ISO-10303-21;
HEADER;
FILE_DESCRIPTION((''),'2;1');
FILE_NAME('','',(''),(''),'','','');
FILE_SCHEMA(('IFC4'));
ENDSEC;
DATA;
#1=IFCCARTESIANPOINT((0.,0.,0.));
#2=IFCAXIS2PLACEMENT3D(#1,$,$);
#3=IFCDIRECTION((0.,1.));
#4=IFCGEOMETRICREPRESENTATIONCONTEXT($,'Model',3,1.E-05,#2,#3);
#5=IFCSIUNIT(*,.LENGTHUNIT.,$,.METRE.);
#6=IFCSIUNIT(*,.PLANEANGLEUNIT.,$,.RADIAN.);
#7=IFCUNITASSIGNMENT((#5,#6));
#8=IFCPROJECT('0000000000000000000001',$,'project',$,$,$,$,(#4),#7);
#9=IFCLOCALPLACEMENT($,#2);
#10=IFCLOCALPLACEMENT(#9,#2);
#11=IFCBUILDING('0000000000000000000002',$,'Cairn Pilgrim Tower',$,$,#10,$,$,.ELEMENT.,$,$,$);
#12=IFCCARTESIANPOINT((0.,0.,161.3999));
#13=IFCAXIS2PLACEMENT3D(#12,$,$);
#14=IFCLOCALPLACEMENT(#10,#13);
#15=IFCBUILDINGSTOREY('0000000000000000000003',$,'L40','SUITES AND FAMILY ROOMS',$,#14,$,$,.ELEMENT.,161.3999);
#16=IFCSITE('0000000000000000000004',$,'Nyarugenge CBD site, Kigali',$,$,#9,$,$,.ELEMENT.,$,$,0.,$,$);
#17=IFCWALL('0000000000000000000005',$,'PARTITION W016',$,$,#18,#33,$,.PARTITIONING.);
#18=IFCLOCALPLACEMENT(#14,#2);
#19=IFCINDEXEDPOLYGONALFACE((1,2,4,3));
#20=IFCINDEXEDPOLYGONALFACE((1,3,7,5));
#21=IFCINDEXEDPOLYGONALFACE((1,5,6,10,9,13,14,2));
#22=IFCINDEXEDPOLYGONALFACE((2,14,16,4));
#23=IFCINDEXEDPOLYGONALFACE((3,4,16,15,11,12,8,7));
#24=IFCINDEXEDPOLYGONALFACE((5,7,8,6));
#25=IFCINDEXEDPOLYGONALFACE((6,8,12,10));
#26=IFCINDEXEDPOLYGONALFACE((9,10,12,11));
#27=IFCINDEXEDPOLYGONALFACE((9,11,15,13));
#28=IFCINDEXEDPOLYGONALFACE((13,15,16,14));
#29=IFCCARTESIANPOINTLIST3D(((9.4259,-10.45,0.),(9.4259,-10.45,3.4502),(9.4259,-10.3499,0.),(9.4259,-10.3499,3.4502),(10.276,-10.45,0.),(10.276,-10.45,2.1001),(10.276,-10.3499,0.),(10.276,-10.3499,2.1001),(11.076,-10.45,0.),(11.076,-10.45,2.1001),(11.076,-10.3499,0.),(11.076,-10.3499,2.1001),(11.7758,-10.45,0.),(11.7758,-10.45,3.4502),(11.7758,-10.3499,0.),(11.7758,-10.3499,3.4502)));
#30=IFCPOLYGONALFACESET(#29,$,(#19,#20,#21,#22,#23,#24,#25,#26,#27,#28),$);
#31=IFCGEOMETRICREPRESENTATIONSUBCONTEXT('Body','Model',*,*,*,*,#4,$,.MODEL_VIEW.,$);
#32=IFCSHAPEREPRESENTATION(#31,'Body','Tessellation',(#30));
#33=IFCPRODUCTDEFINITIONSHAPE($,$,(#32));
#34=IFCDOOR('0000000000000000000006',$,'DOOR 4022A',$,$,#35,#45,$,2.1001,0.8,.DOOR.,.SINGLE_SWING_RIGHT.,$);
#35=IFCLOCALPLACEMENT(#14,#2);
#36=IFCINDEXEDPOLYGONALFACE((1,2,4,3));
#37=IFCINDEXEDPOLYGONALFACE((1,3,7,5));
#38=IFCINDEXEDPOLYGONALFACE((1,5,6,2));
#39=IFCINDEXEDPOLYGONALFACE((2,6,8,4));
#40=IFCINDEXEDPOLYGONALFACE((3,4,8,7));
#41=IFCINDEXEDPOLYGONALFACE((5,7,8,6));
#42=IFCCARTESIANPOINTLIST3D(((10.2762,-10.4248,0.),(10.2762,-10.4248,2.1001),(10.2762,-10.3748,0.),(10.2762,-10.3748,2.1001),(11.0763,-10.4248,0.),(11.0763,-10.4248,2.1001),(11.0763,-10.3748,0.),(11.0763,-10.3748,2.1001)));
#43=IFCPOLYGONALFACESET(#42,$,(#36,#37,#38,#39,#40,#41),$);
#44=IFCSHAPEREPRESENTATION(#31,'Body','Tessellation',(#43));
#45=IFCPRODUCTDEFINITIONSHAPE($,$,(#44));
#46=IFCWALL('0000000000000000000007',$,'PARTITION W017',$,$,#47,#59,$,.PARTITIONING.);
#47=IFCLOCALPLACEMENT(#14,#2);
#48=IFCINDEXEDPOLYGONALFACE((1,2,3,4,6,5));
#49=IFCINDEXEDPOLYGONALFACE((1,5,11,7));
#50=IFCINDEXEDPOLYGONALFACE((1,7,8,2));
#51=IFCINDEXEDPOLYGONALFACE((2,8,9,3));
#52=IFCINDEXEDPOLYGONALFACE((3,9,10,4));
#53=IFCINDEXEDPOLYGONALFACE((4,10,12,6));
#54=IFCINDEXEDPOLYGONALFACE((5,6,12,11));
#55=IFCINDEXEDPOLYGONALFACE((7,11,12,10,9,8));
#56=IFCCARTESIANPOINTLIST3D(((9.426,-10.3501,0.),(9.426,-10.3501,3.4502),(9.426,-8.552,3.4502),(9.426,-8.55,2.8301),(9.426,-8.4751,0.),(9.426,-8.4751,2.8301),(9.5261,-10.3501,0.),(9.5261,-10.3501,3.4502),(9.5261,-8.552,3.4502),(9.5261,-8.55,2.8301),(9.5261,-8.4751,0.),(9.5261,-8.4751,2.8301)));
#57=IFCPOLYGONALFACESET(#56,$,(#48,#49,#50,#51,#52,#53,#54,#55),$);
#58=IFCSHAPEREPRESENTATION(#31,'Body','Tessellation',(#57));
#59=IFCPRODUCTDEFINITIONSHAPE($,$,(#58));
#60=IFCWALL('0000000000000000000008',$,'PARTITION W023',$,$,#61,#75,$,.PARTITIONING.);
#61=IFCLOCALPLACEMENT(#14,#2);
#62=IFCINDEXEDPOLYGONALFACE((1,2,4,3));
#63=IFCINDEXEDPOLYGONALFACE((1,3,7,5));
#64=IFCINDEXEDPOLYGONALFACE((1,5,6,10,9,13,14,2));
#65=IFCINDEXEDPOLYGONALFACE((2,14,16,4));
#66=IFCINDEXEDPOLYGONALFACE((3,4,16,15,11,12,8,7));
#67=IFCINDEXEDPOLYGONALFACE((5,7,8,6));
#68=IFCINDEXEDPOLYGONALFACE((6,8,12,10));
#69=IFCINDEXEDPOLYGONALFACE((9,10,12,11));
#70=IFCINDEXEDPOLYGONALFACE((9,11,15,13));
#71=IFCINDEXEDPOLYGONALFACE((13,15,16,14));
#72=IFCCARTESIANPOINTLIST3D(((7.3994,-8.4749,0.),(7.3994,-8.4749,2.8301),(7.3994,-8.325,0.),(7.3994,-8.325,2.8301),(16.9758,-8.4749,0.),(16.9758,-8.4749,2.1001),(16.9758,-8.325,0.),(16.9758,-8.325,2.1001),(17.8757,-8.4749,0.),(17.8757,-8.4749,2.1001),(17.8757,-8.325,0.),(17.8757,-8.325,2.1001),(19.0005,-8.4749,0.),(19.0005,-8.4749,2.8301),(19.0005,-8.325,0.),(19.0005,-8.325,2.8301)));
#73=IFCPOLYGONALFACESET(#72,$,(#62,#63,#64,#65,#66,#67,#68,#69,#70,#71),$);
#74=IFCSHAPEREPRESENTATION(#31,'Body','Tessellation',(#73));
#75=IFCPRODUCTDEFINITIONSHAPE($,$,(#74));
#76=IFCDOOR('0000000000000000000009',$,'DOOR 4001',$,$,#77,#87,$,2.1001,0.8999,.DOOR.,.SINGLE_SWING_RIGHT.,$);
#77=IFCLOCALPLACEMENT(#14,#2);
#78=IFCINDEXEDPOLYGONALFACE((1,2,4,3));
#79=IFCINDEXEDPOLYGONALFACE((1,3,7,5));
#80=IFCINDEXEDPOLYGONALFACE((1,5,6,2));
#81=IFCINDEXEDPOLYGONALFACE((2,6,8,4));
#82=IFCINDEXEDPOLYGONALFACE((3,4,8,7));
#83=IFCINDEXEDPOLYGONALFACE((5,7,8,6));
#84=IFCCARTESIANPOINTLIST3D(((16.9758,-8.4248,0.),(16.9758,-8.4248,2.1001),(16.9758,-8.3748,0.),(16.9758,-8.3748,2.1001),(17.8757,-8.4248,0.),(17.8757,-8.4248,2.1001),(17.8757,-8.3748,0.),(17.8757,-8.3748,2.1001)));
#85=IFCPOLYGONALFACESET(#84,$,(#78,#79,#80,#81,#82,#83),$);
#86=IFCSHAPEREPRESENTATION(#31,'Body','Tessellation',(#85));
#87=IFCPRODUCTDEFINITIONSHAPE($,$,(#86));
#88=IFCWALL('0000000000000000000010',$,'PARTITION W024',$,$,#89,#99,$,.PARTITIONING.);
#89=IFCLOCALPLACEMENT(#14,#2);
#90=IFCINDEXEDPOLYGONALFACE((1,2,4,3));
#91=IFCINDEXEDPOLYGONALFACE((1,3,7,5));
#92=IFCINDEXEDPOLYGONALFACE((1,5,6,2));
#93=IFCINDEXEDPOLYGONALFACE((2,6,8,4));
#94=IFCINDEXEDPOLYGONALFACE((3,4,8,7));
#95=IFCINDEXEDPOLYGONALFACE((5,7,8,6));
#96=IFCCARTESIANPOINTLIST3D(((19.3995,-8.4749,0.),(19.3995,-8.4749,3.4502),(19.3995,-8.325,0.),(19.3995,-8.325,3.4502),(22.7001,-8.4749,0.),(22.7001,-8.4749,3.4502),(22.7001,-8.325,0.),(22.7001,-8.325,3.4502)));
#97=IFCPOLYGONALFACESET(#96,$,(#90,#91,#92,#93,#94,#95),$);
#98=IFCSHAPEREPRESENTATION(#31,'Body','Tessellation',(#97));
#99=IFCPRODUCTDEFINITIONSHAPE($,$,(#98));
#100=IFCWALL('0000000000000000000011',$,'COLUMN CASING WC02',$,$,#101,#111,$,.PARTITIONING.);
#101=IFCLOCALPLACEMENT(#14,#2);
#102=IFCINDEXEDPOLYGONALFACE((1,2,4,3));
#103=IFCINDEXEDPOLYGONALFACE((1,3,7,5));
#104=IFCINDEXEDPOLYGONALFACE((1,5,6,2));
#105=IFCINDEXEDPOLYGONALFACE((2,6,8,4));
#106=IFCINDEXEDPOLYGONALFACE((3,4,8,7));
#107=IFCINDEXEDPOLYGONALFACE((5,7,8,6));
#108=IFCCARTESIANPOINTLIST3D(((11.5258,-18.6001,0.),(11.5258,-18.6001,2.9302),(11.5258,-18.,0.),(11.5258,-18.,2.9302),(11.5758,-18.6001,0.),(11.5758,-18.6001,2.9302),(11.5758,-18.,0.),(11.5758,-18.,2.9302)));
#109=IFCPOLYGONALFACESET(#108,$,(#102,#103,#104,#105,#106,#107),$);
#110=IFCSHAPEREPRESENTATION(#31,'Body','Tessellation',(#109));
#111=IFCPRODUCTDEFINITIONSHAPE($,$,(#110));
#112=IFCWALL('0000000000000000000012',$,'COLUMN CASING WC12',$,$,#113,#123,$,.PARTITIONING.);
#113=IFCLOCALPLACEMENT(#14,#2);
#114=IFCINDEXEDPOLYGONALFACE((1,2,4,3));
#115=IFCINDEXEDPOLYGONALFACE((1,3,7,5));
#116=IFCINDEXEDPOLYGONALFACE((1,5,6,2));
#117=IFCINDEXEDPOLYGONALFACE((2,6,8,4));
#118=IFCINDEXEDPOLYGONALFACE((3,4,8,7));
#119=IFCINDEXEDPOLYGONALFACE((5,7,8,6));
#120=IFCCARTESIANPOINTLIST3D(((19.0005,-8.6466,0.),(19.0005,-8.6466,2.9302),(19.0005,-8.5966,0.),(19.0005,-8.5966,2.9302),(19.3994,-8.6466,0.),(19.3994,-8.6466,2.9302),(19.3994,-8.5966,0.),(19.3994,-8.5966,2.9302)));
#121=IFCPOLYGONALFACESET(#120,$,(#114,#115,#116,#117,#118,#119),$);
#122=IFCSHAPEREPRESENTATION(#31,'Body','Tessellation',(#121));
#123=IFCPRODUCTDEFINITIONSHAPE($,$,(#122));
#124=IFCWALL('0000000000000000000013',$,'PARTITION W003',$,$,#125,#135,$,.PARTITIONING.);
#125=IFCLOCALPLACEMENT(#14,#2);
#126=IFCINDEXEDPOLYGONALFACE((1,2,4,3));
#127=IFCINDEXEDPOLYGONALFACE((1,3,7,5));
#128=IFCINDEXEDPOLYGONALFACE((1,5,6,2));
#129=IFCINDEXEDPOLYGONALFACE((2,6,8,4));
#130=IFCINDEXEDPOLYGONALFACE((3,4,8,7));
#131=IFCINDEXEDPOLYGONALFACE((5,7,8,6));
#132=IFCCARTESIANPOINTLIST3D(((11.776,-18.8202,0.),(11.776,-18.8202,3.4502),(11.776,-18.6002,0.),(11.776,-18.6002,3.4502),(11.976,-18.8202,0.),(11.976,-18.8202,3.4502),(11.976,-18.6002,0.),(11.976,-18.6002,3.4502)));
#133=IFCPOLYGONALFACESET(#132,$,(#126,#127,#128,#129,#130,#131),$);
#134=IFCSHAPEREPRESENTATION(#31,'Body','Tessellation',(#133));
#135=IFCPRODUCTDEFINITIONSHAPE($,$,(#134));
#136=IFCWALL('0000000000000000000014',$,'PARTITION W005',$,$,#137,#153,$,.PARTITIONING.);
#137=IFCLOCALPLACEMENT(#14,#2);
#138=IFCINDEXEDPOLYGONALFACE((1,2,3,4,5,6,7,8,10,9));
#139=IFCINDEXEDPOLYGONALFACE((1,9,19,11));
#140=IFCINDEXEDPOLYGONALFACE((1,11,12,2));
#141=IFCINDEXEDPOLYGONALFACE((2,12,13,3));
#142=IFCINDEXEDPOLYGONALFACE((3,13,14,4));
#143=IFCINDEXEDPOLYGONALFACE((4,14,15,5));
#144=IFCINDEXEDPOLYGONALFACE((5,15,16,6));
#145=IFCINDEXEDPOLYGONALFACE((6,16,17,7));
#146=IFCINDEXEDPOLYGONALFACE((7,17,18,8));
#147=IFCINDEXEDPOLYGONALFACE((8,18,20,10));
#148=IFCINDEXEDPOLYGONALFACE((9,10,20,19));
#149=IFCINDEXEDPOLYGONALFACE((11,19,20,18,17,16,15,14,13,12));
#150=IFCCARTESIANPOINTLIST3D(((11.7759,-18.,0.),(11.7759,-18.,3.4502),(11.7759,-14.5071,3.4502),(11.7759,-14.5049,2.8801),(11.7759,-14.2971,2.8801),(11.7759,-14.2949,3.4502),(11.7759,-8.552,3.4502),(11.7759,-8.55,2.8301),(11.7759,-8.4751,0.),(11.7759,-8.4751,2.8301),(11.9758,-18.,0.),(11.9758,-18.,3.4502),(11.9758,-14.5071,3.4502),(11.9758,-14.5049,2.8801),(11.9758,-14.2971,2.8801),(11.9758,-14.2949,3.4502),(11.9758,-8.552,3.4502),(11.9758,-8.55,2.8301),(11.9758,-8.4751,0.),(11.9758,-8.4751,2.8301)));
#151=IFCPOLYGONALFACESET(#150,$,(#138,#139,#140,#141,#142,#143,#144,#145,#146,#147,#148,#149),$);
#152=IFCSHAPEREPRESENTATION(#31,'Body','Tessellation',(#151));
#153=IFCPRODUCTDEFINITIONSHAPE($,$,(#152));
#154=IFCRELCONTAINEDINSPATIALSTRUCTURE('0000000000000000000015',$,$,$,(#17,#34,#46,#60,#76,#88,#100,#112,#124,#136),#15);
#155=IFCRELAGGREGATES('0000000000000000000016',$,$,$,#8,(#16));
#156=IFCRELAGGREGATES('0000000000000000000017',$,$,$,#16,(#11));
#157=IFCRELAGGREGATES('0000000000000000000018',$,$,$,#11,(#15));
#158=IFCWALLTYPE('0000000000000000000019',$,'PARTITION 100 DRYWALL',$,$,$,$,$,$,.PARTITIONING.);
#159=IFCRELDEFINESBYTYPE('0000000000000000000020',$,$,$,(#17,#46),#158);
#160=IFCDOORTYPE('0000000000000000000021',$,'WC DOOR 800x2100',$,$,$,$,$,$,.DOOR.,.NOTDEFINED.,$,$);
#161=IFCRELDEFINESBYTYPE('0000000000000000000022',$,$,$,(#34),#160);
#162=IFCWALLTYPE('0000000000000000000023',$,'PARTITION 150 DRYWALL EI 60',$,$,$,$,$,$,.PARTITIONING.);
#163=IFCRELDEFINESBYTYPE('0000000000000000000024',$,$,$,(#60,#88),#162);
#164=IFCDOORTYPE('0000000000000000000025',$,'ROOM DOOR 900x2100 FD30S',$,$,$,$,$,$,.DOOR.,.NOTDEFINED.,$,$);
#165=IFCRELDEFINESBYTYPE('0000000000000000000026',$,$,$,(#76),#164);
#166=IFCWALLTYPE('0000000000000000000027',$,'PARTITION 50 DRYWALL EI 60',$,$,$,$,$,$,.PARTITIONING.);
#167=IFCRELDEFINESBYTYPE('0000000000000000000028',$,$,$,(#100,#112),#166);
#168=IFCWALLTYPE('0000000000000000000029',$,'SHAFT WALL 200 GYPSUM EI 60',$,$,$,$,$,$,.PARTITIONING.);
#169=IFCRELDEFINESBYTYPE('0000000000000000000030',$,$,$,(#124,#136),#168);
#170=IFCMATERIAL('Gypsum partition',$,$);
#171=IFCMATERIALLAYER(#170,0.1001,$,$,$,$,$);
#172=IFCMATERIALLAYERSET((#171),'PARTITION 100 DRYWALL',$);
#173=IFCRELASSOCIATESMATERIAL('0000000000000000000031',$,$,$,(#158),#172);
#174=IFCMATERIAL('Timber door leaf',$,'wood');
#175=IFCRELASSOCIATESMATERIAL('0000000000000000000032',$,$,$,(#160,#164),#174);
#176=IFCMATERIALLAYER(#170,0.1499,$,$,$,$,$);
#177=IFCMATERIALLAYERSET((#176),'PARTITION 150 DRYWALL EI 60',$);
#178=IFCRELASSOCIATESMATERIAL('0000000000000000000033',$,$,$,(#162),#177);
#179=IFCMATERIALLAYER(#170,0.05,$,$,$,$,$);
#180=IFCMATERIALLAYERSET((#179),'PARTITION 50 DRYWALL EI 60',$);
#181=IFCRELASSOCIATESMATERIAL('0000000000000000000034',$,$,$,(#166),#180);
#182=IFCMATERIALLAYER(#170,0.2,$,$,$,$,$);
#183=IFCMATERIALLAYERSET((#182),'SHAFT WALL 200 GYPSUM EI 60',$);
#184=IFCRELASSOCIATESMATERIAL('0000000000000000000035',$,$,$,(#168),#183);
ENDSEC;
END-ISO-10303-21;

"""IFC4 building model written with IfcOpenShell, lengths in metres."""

from ifc_helpers import new_model, si_unit, direction, frame, frame_2d, origin, place, context, subcontext, project, spatial, polyline, rectangle, outline, extrude, material, layer, layer_set, type_object, element, fill, save


model = new_model("IFC4")

# Units and contexts
model_context = context("Model", 3, precision=1e-05, world=origin(), true_north=direction((0.0, 1.0)))
body_context = subcontext(model_context, "Body", "Model", "MODEL_VIEW")
ifc_project = project(units=[si_unit("LENGTHUNIT", "METRE"), si_unit("PLANEANGLEUNIT", "RADIAN")], contexts=[model_context])

# Site, building, storey
site_placement = place(None, origin())
site = spatial("IfcSite", under=ifc_project, at=site_placement, Name="Nyarugenge CBD site, Kigali", CompositionType="ELEMENT", RefElevation=0.0)
building_placement = place(site_placement, origin())
building = spatial("IfcBuilding", under=site, at=building_placement, Name="Cairn Pilgrim Tower", CompositionType="ELEMENT")
storey_placement = place(building_placement, frame((0.0, 0.0, 161.3999)))
storey = spatial("IfcBuildingStorey", under=building, at=storey_placement, Name="L40", Description="SUITES AND FAMILY ROOMS", CompositionType="ELEMENT", Elevation=161.3999)

# Shared definitions
ifc_material_1 = material(Name="Gypsum partition")
ifc_layer_1 = layer(ifc_material_1, 0.1001)
ifc_layer_set_1 = layer_set([ifc_layer_1], Name="PARTITION 100 DRYWALL")
wall_type_1 = type_object("IfcWallType", Name="PARTITION 100 DRYWALL", PredefinedType="PARTITIONING", material=ifc_layer_set_1)
ifc_material_2 = material(Name="Timber door leaf", Category="wood")
door_type_1 = type_object("IfcDoorType", Name="WC DOOR 800x2100", OperationType="NOTDEFINED", PredefinedType="DOOR", material=ifc_material_2)

# Wall, opening, door
wall_1_placement = place(storey_placement, frame((9.426, -10.3999, 0.0), z_axis=(0.0, 0.0, 1.0), x_axis=(1.0, 0.0, 0.0)))
wall_1 = element("IfcWall", 1, at=wall_1_placement, inside=storey, type_object=wall_type_1, Name="PARTITION W016", PredefinedType="PARTITIONING", context=body_context, shape_type="SweptSolid", body=[
    extrude(rectangle(XDim=2.3499, YDim=0.1001, at=frame_2d((1.1748, 0.0))), origin(), (0.0, 0.0, 1.0), 3.4502),
])
opening_1_placement = place(wall_1_placement, frame((0.8501, 0.0, 0.0)))
opening_1 = element("IfcOpeningElement", 2, at=opening_1_placement, cuts=wall_1, PredefinedType="OPENING", context=body_context, shape_type="SweptSolid", body=[
    extrude(rectangle(XDim=0.8, YDim=2.1001, at=frame_2d((0.3999, 1.05))), frame((0.0, 0.0601, 0.0), z_axis=(0.0, -1.0, 0.0), x_axis=(1.0, 0.0, 0.0)), (0.0, 0.0, 1.0), 0.1201),
])
door_1_placement = place(opening_1_placement, frame((0.8, 0.0, 0.0), z_axis=(0.0, 0.0, 1.0), x_axis=(-1.0, 0.0, 0.0)))
door_1 = element("IfcDoor", 3, at=door_1_placement, inside=storey, type_object=door_type_1, Name="DOOR 4022A", OperationType="SINGLE_SWING_RIGHT", OverallHeight=2.1001, OverallWidth=0.8, PredefinedType="DOOR", context=body_context, shape_type="SweptSolid", body=[
    extrude(rectangle(XDim=0.8, YDim=2.1001, at=frame_2d((0.3999, 1.05))), frame((0.0, 0.0249, 0.0), z_axis=(0.0, -1.0, 0.0), x_axis=(1.0, 0.0, 0.0)), (0.0, 0.0, 1.0), 0.05),
])
fill(opening_1, door_1)

# Wall
wall_2_placement = place(storey_placement, frame((9.4761, -10.3501, 0.0), z_axis=(0.0, 0.0, 1.0), x_axis=(0.0, 1.0, 0.0)))
element("IfcWall", 4, at=wall_2_placement, inside=storey, type_object=wall_type_1, Name="PARTITION W017", PredefinedType="PARTITIONING", context=body_context, shape_type="SweptSolid", body=[
    extrude(outline(polyline([(0.0, 0.0), (1.875, 0.0), (1.875, 2.8301), (1.8, 2.8301), (1.7981, 3.4502), (0.0, 3.4502), (0.0, 0.0)])), frame((0.0, 0.05, 0.0), z_axis=(0.0, -1.0, 0.0), x_axis=(1.0, 0.0, 0.0)), (0.0, 0.0, 1.0), 0.1001),
])

# Wall, opening, door
ifc_layer_2 = layer(ifc_material_1, 0.1499)
ifc_layer_set_2 = layer_set([ifc_layer_2], Name="PARTITION 150 DRYWALL EI 60")
wall_type_2 = type_object("IfcWallType", Name="PARTITION 150 DRYWALL EI 60", PredefinedType="PARTITIONING", material=ifc_layer_set_2)
wall_3_placement = place(storey_placement, frame((7.3994, -8.3999, 0.0), z_axis=(0.0, 0.0, 1.0), x_axis=(1.0, 0.0, 0.0)))
wall_3 = element("IfcWall", 5, at=wall_3_placement, inside=storey, type_object=wall_type_2, Name="PARTITION W023", PredefinedType="PARTITIONING", context=body_context, shape_type="SweptSolid", body=[
    extrude(rectangle(XDim=11.6011, YDim=0.1499, at=frame_2d((5.8005, 0.0))), origin(), (0.0, 0.0, 1.0), 2.8301),
])
opening_2_placement = place(wall_3_placement, frame((9.5764, 0.0, 0.0)))
opening_2 = element("IfcOpeningElement", 6, at=opening_2_placement, cuts=wall_3, PredefinedType="OPENING", context=body_context, shape_type="SweptSolid", body=[
    extrude(rectangle(XDim=0.8999, YDim=2.1001, at=frame_2d((0.45, 1.05))), frame((0.0, 0.085, 0.0), z_axis=(0.0, -1.0, 0.0), x_axis=(1.0, 0.0, 0.0)), (0.0, 0.0, 1.0), 0.1699),
])
door_type_2 = type_object("IfcDoorType", Name="ROOM DOOR 900x2100 FD30S", OperationType="NOTDEFINED", PredefinedType="DOOR", material=ifc_material_2)
door_2_placement = place(opening_2_placement, frame((0.8999, 0.0, 0.0), z_axis=(0.0, 0.0, 1.0), x_axis=(-1.0, 0.0, 0.0)))
door_2 = element("IfcDoor", 7, at=door_2_placement, inside=storey, type_object=door_type_2, Name="DOOR 4001", OperationType="SINGLE_SWING_RIGHT", OverallHeight=2.1001, OverallWidth=0.8999, PredefinedType="DOOR", context=body_context, shape_type="SweptSolid", body=[
    extrude(rectangle(XDim=0.8999, YDim=2.1001, at=frame_2d((0.45, 1.05))), frame((0.0, 0.0249, 0.0), z_axis=(0.0, -1.0, 0.0), x_axis=(1.0, 0.0, 0.0)), (0.0, 0.0, 1.0), 0.05),
])
fill(opening_2, door_2)

# Walls
wall_4_placement = place(storey_placement, frame((19.3994, -8.3999, 0.0), z_axis=(0.0, 0.0, 1.0), x_axis=(1.0, 0.0, 0.0)))
element("IfcWall", 8, at=wall_4_placement, inside=storey, type_object=wall_type_2, Name="PARTITION W024", PredefinedType="PARTITIONING", context=body_context, shape_type="SweptSolid", body=[
    extrude(rectangle(XDim=3.3005, YDim=0.1499, at=frame_2d((1.6504, 0.0))), origin(), (0.0, 0.0, 1.0), 3.4502),
])
ifc_layer_3 = layer(ifc_material_1, 0.05)
ifc_layer_set_3 = layer_set([ifc_layer_3], Name="PARTITION 50 DRYWALL EI 60")
wall_type_3 = type_object("IfcWallType", Name="PARTITION 50 DRYWALL EI 60", PredefinedType="PARTITIONING", material=ifc_layer_set_3)
wall_5_placement = place(storey_placement, frame((11.5508, -18.6001, 0.0), z_axis=(0.0, 0.0, 1.0), x_axis=(0.0, 1.0, 0.0)))
element("IfcWall", 9, at=wall_5_placement, inside=storey, type_object=wall_type_3, Name="COLUMN CASING WC02", PredefinedType="PARTITIONING", context=body_context, shape_type="SweptSolid", body=[
    extrude(rectangle(XDim=0.6001, YDim=0.05, at=frame_2d((0.3, 0.0))), origin(), (0.0, 0.0, 1.0), 2.9302),
])
wall_6_placement = place(storey_placement, frame((19.0005, -8.6216, 0.0), z_axis=(0.0, 0.0, 1.0), x_axis=(1.0, 0.0, 0.0)))
element("IfcWall", 10, at=wall_6_placement, inside=storey, type_object=wall_type_3, Name="COLUMN CASING WC12", PredefinedType="PARTITIONING", context=body_context, shape_type="SweptSolid", body=[
    extrude(rectangle(XDim=0.3989, YDim=0.05, at=frame_2d((0.1995, 0.0))), origin(), (0.0, 0.0, 1.0), 2.9302),
])
ifc_layer_4 = layer(ifc_material_1, 0.2)
ifc_layer_set_4 = layer_set([ifc_layer_4], Name="SHAFT WALL 200 GYPSUM EI 60")
wall_type_4 = type_object("IfcWallType", Name="SHAFT WALL 200 GYPSUM EI 60", PredefinedType="PARTITIONING", material=ifc_layer_set_4)
wall_7_placement = place(storey_placement, frame((11.876, -18.8201, 0.0), z_axis=(0.0, 0.0, 1.0), x_axis=(0.0, 1.0, 0.0)))
element("IfcWall", 11, at=wall_7_placement, inside=storey, type_object=wall_type_4, Name="PARTITION W003", PredefinedType="PARTITIONING", context=body_context, shape_type="SweptSolid", body=[
    extrude(rectangle(XDim=0.22, YDim=0.2, at=frame_2d((0.1099, 0.0))), origin(), (0.0, 0.0, 1.0), 3.4502),
])
wall_8_placement = place(storey_placement, frame((11.876, -18.0, 0.0), z_axis=(0.0, 0.0, 1.0), x_axis=(0.0, 1.0, 0.0)))
element("IfcWall", 12, at=wall_8_placement, inside=storey, type_object=wall_type_4, Name="PARTITION W005", PredefinedType="PARTITIONING", context=body_context, shape_type="SweptSolid", body=[
    extrude(outline(polyline([(0.0, 0.0), (9.5249, 0.0), (9.5249, 2.8301), (9.45, 2.8301), (9.448, 3.4502), (3.7051, 3.4502), (3.7029, 2.8801), (3.4951, 2.8801), (3.4929, 3.4502), (0.0, 3.4502), (0.0, 0.0)])), frame((0.0, 0.1001, 0.0), z_axis=(0.0, -1.0, 0.0), x_axis=(1.0, 0.0, 0.0)), (0.0, 0.0, 1.0), 0.2),
])

save(model, "model.ifc")
